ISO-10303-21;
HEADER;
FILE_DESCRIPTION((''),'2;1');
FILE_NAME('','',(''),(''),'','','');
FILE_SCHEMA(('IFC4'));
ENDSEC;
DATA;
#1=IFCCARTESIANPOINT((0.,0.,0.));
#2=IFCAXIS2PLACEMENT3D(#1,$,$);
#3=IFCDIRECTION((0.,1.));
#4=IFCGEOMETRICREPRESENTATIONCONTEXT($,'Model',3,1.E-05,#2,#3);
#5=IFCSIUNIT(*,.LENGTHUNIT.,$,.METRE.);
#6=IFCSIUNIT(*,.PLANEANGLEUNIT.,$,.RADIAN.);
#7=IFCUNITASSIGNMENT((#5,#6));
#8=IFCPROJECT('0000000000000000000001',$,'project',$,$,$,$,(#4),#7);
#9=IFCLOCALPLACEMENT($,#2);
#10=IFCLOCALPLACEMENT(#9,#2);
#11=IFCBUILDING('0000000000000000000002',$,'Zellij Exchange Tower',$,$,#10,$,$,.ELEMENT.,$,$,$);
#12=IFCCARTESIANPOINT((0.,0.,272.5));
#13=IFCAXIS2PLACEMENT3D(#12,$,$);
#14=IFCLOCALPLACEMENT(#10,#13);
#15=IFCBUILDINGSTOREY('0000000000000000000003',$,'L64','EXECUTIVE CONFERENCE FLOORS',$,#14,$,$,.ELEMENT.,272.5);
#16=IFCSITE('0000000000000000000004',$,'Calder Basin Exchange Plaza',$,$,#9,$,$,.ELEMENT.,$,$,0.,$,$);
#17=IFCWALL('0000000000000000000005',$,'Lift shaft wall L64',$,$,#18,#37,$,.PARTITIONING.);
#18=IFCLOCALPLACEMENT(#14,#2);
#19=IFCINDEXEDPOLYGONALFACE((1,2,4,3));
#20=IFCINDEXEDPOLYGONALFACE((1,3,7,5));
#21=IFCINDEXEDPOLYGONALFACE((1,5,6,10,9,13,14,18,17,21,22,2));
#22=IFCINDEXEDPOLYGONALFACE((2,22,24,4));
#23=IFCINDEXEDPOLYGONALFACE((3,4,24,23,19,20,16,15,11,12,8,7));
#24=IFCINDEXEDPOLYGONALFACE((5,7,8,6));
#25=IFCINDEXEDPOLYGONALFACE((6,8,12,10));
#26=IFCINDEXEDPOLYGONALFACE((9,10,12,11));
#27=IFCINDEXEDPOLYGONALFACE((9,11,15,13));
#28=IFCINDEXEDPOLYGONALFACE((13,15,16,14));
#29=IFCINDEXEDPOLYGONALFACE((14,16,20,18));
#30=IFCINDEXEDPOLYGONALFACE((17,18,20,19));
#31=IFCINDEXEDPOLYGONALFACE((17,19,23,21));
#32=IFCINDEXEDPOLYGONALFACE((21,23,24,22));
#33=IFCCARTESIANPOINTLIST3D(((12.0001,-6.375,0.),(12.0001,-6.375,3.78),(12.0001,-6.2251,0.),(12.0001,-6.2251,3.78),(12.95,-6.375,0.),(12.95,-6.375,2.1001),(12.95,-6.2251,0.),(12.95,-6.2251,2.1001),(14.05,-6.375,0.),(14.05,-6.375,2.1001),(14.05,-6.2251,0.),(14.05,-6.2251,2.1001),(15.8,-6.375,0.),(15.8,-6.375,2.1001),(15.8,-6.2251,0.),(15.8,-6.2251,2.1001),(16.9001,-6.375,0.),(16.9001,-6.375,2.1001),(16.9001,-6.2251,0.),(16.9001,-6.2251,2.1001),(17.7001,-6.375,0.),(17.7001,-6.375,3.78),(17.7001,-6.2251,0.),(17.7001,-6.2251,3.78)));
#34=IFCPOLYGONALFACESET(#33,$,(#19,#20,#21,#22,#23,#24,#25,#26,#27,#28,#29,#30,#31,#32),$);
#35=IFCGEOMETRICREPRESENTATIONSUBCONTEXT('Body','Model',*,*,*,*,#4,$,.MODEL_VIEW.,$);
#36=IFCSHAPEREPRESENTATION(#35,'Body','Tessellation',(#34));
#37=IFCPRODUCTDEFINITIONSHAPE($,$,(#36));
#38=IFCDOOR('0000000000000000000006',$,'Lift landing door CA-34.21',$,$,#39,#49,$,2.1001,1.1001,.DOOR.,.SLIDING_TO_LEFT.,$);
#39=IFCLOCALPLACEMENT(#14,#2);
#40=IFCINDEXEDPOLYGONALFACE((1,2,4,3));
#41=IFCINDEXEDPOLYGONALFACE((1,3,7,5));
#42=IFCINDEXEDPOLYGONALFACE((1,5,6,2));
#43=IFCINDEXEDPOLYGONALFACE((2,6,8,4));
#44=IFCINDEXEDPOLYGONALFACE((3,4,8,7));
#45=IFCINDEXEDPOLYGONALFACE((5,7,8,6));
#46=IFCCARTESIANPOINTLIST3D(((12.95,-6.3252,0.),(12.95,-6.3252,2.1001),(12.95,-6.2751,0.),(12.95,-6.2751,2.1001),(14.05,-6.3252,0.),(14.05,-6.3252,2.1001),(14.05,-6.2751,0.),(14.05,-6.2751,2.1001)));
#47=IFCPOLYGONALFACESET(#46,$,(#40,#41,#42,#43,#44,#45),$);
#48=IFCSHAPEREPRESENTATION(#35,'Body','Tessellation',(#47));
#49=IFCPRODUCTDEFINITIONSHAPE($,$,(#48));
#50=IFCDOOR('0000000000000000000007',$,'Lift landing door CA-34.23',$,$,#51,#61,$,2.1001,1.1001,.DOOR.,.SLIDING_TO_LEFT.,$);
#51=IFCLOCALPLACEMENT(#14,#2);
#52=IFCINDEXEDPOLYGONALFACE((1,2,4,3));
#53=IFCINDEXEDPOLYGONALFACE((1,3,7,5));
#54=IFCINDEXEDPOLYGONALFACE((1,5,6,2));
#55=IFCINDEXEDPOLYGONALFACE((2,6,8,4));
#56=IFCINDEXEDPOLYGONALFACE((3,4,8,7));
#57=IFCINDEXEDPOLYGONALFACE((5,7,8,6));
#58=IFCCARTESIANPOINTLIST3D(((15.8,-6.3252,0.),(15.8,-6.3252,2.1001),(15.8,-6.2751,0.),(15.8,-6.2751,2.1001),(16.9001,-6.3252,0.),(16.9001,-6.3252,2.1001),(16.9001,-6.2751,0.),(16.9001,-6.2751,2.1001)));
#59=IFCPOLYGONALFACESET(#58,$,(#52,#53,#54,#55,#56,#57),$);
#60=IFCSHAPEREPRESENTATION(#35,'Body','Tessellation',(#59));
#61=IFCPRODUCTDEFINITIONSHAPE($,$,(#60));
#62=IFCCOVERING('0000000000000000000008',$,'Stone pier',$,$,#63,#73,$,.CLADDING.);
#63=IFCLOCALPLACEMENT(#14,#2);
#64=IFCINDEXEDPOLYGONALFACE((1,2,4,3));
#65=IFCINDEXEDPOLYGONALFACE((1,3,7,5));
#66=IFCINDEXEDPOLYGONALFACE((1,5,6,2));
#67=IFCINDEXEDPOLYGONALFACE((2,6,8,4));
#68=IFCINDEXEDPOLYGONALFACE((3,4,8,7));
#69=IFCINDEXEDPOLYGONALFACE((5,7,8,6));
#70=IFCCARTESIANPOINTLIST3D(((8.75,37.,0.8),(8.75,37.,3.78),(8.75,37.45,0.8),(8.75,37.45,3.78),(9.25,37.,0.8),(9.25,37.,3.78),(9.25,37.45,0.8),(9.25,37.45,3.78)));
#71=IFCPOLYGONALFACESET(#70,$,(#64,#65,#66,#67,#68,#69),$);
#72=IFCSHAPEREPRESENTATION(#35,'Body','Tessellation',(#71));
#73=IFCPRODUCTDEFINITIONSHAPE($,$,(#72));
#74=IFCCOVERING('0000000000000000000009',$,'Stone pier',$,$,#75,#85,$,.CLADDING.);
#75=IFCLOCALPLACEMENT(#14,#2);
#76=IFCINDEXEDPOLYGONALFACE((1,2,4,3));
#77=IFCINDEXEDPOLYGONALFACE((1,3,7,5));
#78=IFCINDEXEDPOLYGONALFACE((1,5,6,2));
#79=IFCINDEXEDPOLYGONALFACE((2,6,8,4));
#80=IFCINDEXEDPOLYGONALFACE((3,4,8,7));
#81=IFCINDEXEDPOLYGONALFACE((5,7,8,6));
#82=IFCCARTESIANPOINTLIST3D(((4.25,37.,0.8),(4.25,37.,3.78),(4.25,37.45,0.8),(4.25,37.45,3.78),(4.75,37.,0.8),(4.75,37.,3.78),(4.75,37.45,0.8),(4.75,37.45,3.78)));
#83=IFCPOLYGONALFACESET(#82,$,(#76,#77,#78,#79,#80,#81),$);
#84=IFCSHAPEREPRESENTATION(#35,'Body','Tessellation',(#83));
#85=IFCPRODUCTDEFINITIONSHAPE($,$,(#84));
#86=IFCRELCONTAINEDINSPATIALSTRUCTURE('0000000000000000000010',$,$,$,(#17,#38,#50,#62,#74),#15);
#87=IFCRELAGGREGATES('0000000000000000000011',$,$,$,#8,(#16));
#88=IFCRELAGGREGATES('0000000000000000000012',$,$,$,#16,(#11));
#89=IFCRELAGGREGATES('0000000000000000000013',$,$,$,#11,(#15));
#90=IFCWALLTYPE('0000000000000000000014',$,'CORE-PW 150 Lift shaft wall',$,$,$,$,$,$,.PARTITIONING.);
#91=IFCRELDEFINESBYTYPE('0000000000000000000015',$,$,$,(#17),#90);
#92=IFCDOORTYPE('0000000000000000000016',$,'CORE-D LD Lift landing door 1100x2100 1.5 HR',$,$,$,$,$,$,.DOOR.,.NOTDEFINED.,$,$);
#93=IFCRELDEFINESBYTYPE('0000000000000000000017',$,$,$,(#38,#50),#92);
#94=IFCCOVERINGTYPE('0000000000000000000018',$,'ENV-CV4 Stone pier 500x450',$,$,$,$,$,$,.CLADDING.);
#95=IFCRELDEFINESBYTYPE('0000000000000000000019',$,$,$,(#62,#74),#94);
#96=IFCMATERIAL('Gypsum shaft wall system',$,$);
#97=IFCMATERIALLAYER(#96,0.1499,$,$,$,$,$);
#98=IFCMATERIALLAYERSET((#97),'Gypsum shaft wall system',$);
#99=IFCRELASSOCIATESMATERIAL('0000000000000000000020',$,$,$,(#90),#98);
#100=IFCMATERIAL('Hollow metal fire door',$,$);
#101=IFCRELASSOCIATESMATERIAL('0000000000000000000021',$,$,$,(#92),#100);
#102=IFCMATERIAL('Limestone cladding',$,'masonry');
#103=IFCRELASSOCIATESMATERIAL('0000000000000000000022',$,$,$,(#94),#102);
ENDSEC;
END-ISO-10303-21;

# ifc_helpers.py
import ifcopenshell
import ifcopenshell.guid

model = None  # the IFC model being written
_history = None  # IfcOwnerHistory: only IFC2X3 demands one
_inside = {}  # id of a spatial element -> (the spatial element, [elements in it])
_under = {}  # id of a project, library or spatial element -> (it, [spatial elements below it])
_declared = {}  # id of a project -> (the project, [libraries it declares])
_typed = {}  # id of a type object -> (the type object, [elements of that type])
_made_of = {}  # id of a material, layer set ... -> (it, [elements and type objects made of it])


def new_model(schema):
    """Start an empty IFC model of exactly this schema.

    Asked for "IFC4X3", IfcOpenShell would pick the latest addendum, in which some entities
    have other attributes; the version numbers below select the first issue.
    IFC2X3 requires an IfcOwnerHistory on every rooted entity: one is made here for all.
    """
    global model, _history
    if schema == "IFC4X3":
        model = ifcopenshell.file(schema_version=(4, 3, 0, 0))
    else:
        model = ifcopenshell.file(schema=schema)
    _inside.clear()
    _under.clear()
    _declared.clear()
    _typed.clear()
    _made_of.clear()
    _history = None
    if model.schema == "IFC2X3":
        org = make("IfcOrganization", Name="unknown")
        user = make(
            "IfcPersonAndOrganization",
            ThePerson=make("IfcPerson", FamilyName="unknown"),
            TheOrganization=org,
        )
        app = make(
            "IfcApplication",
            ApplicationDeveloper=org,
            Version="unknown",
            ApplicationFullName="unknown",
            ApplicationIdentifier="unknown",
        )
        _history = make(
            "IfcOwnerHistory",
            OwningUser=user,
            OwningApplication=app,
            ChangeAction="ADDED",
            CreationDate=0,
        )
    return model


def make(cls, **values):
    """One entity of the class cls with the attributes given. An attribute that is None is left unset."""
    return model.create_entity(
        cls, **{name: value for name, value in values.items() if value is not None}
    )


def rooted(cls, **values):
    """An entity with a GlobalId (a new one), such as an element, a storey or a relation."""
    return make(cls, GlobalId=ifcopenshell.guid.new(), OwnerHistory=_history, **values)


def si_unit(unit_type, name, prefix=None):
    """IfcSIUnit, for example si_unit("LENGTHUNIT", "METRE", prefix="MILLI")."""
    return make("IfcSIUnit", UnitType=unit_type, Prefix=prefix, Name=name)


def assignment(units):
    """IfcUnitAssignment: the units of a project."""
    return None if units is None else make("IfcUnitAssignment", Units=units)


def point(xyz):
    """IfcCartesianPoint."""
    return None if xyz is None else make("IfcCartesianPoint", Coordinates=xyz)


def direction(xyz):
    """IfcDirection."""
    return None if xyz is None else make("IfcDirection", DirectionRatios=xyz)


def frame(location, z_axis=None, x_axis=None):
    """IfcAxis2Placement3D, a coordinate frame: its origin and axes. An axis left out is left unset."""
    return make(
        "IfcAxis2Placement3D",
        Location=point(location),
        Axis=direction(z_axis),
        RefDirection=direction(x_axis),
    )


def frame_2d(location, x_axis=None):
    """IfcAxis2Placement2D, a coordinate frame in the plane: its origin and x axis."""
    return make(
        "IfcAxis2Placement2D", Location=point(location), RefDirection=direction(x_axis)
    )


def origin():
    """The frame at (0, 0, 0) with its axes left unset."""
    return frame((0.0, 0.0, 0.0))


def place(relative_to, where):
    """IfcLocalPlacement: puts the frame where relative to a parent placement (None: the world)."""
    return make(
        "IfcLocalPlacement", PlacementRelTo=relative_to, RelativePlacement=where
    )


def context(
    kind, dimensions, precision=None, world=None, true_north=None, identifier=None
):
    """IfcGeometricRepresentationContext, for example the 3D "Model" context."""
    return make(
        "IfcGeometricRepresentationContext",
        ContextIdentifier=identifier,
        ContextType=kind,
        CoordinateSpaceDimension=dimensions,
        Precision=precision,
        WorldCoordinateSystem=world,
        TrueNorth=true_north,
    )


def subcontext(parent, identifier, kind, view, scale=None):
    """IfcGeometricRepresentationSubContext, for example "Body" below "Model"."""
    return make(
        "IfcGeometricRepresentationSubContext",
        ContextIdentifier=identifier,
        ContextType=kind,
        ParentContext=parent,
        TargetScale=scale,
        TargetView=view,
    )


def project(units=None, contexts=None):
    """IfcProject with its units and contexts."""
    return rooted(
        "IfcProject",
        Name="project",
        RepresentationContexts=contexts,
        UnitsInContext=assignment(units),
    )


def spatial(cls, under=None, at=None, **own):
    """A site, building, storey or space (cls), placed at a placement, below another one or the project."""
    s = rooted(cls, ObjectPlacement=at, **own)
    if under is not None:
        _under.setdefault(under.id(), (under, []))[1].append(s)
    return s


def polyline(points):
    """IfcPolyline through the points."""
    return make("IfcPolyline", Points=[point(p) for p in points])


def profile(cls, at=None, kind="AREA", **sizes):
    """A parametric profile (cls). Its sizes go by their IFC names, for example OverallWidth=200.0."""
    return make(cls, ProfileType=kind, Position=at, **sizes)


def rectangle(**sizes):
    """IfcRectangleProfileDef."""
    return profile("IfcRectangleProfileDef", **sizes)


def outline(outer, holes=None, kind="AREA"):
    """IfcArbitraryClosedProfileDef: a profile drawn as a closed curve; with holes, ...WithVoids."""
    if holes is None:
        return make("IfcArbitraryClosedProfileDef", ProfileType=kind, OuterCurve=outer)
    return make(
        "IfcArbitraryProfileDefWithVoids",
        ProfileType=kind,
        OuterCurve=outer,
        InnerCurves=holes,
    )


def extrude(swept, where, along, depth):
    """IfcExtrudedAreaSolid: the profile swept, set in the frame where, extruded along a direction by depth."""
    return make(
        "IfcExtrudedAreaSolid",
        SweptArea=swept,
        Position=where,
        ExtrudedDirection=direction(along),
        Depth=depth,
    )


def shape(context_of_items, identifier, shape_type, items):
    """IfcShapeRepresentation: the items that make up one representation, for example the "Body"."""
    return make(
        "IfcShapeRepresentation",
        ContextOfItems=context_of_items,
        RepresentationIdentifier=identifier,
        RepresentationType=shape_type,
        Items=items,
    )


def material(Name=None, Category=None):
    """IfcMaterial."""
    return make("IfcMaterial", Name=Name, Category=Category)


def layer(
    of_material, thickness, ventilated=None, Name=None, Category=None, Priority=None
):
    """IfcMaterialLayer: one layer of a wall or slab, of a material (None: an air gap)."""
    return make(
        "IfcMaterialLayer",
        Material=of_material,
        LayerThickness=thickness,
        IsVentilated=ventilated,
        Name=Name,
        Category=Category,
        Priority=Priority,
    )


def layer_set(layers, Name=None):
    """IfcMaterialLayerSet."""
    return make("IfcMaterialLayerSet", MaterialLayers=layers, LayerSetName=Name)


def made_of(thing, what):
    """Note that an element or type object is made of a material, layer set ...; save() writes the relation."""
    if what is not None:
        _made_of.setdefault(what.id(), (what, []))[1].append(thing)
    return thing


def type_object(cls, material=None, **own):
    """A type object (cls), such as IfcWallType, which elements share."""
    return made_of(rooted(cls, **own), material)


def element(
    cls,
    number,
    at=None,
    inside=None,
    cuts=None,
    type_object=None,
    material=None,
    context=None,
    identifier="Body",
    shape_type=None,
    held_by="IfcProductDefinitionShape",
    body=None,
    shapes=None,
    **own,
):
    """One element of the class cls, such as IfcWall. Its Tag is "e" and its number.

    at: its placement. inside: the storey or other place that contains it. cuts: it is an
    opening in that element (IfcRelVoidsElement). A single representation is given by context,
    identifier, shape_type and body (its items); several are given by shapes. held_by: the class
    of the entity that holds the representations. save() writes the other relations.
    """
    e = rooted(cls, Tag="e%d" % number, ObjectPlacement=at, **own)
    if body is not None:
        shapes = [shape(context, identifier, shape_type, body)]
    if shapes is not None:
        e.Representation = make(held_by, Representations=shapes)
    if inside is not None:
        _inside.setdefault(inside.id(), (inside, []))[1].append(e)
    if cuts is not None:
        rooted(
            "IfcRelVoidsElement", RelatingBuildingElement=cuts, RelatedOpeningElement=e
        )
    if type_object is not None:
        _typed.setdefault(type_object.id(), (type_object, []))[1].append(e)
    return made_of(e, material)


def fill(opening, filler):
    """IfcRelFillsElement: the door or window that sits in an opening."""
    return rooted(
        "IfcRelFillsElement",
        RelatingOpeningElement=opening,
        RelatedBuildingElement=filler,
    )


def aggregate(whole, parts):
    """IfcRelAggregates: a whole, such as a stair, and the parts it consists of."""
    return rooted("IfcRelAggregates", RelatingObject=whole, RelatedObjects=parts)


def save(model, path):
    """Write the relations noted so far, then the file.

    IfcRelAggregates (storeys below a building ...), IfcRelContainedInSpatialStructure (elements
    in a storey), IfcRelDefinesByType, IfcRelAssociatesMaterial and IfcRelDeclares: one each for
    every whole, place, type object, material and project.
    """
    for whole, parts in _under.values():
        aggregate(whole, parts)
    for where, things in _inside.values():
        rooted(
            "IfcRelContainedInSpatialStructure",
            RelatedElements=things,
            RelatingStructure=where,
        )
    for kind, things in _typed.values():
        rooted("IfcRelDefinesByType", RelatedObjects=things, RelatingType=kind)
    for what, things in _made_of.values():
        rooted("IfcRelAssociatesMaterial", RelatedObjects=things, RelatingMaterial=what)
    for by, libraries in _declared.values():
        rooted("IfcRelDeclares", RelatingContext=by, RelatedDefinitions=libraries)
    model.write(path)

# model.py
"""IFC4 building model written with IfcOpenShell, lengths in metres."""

from ifc_helpers import new_model, si_unit, direction, frame, frame_2d, origin, place, context, subcontext, project, spatial, polyline, rectangle, outline, extrude, material, layer, layer_set, type_object, element, fill, save


model = new_model("IFC4")

# Units and contexts
model_context = context("Model", 3, precision=1e-05, world=origin(), true_north=direction((0.0, 1.0)))
body_context = subcontext(model_context, "Body", "Model", "MODEL_VIEW")
ifc_project = project(units=[si_unit("LENGTHUNIT", "METRE"), si_unit("PLANEANGLEUNIT", "RADIAN")], contexts=[model_context])

# Site, building, storey
site_placement = place(None, origin())
site = spatial("IfcSite", under=ifc_project, at=site_placement, Name="Calder Basin Exchange Plaza", CompositionType="ELEMENT", RefElevation=0.0)
building_placement = place(site_placement, origin())
building = spatial("IfcBuilding", under=site, at=building_placement, Name="Zellij Exchange Tower", CompositionType="ELEMENT")
storey_placement = place(building_placement, frame((0.0, 0.0, 272.5)))
storey = spatial("IfcBuildingStorey", under=building, at=storey_placement, Name="L64", Description="EXECUTIVE CONFERENCE FLOORS", CompositionType="ELEMENT", Elevation=272.5)

# Shared definitions
ifc_material_1 = material(Name="Gypsum shaft wall system")
ifc_layer_1 = layer(ifc_material_1, 0.1499)
ifc_layer_set_1 = layer_set([ifc_layer_1], Name="Gypsum shaft wall system")
wall_type_1 = type_object("IfcWallType", Name="CORE-PW 150 Lift shaft wall", PredefinedType="PARTITIONING", material=ifc_layer_set_1)

# Shared definitions
ifc_material_2 = material(Name="Hollow metal fire door")
door_type = type_object("IfcDoorType", Name="CORE-D LD Lift landing door 1100x2100 1.5 HR", OperationType="NOTDEFINED", PredefinedType="DOOR", material=ifc_material_2)

# Wall, openings, doors
wall_1_placement = place(storey_placement, frame((12.0, -6.3, 0.0), z_axis=(0.0, 0.0, 1.0), x_axis=(1.0, 0.0, 0.0)))
wall_1 = element("IfcWall", 1, at=wall_1_placement, inside=storey, type_object=wall_type_1, Name="Lift shaft wall L64", PredefinedType="PARTITIONING", context=body_context, shape_type="SweptSolid", body=[
    extrude(rectangle(XDim=5.7, YDim=0.1499, at=frame_2d((2.8501, 0.0))), origin(), (0.0, 0.0, 1.0), 3.78),
])
opening_1_placement = place(wall_1_placement, frame((0.95, 0.0, 0.0)))
opening_1 = element("IfcOpeningElement", 2, at=opening_1_placement, cuts=wall_1, PredefinedType="OPENING", context=body_context, shape_type="SweptSolid", body=[
    extrude(rectangle(XDim=1.1001, YDim=2.1001, at=frame_2d((0.55, 1.05))), frame((0.0, 0.0869, 0.0), z_axis=(0.0, -1.0, 0.0), x_axis=(1.0, 0.0, 0.0)), (0.0, 0.0, 1.0), 0.1738),
])
opening_2_placement = place(wall_1_placement, frame((3.8, 0.0, 0.0)))
opening_2 = element("IfcOpeningElement", 3, at=opening_2_placement, cuts=wall_1, PredefinedType="OPENING", context=body_context, shape_type="SweptSolid", body=[
    extrude(rectangle(XDim=1.1001, YDim=2.1001, at=frame_2d((0.55, 1.05))), frame((0.0, 0.0869, 0.0), z_axis=(0.0, -1.0, 0.0), x_axis=(1.0, 0.0, 0.0)), (0.0, 0.0, 1.0), 0.1738),
])
door_1_placement = place(opening_1_placement, origin())
door_1 = element("IfcDoor", 4, at=door_1_placement, inside=storey, type_object=door_type, Name="Lift landing door CA-34.21", OperationType="SLIDING_TO_LEFT", OverallHeight=2.1001, OverallWidth=1.1001, PredefinedType="DOOR", context=body_context, shape_type="SweptSolid", body=[
    extrude(rectangle(XDim=1.1001, YDim=2.1001, at=frame_2d((0.55, 1.05))), frame((0.0, 0.0249, 0.0), z_axis=(0.0, -1.0, 0.0), x_axis=(1.0, 0.0, 0.0)), (0.0, 0.0, 1.0), 0.05),
])
fill(opening_1, door_1)
door_2_placement = place(opening_2_placement, origin())
door_2 = element("IfcDoor", 5, at=door_2_placement, inside=storey, type_object=door_type, Name="Lift landing door CA-34.23", OperationType="SLIDING_TO_LEFT", OverallHeight=2.1001, OverallWidth=1.1001, PredefinedType="DOOR", context=body_context, shape_type="SweptSolid", body=[
    extrude(rectangle(XDim=1.1001, YDim=2.1001, at=frame_2d((0.55, 1.05))), frame((0.0, 0.0249, 0.0), z_axis=(0.0, -1.0, 0.0), x_axis=(1.0, 0.0, 0.0)), (0.0, 0.0, 1.0), 0.05),
])
fill(opening_2, door_2)

# Coverings
ifc_material_3 = material(Name="Limestone cladding", Category="masonry")
covering_type = type_object("IfcCoveringType", Name="ENV-CV4 Stone pier 500x450", PredefinedType="CLADDING", material=ifc_material_3)
covering_1_placement = place(storey_placement, frame((0.0, 0.0, 0.8)))
element("IfcCovering", 6, at=covering_1_placement, inside=storey, type_object=covering_type, Name="Stone pier", PredefinedType="CLADDING", context=body_context, shape_type="SweptSolid", body=[
    extrude(outline(polyline([(9.25, 37.0), (8.75, 37.0), (8.75, 37.45), (9.25, 37.45), (9.25, 37.0)])), origin(), (0.0, 0.0, 1.0), 2.98),
])
covering_2_placement = place(storey_placement, frame((0.0, 0.0, 0.8)))
element("IfcCovering", 7, at=covering_2_placement, inside=storey, type_object=covering_type, Name="Stone pier", PredefinedType="CLADDING", context=body_context, shape_type="SweptSolid", body=[
    extrude(outline(polyline([(4.75, 37.0), (4.25, 37.0), (4.25, 37.45), (4.75, 37.45), (4.75, 37.0)])), origin(), (0.0, 0.0, 1.0), 2.98),
])

save(model, "model.ifc")
